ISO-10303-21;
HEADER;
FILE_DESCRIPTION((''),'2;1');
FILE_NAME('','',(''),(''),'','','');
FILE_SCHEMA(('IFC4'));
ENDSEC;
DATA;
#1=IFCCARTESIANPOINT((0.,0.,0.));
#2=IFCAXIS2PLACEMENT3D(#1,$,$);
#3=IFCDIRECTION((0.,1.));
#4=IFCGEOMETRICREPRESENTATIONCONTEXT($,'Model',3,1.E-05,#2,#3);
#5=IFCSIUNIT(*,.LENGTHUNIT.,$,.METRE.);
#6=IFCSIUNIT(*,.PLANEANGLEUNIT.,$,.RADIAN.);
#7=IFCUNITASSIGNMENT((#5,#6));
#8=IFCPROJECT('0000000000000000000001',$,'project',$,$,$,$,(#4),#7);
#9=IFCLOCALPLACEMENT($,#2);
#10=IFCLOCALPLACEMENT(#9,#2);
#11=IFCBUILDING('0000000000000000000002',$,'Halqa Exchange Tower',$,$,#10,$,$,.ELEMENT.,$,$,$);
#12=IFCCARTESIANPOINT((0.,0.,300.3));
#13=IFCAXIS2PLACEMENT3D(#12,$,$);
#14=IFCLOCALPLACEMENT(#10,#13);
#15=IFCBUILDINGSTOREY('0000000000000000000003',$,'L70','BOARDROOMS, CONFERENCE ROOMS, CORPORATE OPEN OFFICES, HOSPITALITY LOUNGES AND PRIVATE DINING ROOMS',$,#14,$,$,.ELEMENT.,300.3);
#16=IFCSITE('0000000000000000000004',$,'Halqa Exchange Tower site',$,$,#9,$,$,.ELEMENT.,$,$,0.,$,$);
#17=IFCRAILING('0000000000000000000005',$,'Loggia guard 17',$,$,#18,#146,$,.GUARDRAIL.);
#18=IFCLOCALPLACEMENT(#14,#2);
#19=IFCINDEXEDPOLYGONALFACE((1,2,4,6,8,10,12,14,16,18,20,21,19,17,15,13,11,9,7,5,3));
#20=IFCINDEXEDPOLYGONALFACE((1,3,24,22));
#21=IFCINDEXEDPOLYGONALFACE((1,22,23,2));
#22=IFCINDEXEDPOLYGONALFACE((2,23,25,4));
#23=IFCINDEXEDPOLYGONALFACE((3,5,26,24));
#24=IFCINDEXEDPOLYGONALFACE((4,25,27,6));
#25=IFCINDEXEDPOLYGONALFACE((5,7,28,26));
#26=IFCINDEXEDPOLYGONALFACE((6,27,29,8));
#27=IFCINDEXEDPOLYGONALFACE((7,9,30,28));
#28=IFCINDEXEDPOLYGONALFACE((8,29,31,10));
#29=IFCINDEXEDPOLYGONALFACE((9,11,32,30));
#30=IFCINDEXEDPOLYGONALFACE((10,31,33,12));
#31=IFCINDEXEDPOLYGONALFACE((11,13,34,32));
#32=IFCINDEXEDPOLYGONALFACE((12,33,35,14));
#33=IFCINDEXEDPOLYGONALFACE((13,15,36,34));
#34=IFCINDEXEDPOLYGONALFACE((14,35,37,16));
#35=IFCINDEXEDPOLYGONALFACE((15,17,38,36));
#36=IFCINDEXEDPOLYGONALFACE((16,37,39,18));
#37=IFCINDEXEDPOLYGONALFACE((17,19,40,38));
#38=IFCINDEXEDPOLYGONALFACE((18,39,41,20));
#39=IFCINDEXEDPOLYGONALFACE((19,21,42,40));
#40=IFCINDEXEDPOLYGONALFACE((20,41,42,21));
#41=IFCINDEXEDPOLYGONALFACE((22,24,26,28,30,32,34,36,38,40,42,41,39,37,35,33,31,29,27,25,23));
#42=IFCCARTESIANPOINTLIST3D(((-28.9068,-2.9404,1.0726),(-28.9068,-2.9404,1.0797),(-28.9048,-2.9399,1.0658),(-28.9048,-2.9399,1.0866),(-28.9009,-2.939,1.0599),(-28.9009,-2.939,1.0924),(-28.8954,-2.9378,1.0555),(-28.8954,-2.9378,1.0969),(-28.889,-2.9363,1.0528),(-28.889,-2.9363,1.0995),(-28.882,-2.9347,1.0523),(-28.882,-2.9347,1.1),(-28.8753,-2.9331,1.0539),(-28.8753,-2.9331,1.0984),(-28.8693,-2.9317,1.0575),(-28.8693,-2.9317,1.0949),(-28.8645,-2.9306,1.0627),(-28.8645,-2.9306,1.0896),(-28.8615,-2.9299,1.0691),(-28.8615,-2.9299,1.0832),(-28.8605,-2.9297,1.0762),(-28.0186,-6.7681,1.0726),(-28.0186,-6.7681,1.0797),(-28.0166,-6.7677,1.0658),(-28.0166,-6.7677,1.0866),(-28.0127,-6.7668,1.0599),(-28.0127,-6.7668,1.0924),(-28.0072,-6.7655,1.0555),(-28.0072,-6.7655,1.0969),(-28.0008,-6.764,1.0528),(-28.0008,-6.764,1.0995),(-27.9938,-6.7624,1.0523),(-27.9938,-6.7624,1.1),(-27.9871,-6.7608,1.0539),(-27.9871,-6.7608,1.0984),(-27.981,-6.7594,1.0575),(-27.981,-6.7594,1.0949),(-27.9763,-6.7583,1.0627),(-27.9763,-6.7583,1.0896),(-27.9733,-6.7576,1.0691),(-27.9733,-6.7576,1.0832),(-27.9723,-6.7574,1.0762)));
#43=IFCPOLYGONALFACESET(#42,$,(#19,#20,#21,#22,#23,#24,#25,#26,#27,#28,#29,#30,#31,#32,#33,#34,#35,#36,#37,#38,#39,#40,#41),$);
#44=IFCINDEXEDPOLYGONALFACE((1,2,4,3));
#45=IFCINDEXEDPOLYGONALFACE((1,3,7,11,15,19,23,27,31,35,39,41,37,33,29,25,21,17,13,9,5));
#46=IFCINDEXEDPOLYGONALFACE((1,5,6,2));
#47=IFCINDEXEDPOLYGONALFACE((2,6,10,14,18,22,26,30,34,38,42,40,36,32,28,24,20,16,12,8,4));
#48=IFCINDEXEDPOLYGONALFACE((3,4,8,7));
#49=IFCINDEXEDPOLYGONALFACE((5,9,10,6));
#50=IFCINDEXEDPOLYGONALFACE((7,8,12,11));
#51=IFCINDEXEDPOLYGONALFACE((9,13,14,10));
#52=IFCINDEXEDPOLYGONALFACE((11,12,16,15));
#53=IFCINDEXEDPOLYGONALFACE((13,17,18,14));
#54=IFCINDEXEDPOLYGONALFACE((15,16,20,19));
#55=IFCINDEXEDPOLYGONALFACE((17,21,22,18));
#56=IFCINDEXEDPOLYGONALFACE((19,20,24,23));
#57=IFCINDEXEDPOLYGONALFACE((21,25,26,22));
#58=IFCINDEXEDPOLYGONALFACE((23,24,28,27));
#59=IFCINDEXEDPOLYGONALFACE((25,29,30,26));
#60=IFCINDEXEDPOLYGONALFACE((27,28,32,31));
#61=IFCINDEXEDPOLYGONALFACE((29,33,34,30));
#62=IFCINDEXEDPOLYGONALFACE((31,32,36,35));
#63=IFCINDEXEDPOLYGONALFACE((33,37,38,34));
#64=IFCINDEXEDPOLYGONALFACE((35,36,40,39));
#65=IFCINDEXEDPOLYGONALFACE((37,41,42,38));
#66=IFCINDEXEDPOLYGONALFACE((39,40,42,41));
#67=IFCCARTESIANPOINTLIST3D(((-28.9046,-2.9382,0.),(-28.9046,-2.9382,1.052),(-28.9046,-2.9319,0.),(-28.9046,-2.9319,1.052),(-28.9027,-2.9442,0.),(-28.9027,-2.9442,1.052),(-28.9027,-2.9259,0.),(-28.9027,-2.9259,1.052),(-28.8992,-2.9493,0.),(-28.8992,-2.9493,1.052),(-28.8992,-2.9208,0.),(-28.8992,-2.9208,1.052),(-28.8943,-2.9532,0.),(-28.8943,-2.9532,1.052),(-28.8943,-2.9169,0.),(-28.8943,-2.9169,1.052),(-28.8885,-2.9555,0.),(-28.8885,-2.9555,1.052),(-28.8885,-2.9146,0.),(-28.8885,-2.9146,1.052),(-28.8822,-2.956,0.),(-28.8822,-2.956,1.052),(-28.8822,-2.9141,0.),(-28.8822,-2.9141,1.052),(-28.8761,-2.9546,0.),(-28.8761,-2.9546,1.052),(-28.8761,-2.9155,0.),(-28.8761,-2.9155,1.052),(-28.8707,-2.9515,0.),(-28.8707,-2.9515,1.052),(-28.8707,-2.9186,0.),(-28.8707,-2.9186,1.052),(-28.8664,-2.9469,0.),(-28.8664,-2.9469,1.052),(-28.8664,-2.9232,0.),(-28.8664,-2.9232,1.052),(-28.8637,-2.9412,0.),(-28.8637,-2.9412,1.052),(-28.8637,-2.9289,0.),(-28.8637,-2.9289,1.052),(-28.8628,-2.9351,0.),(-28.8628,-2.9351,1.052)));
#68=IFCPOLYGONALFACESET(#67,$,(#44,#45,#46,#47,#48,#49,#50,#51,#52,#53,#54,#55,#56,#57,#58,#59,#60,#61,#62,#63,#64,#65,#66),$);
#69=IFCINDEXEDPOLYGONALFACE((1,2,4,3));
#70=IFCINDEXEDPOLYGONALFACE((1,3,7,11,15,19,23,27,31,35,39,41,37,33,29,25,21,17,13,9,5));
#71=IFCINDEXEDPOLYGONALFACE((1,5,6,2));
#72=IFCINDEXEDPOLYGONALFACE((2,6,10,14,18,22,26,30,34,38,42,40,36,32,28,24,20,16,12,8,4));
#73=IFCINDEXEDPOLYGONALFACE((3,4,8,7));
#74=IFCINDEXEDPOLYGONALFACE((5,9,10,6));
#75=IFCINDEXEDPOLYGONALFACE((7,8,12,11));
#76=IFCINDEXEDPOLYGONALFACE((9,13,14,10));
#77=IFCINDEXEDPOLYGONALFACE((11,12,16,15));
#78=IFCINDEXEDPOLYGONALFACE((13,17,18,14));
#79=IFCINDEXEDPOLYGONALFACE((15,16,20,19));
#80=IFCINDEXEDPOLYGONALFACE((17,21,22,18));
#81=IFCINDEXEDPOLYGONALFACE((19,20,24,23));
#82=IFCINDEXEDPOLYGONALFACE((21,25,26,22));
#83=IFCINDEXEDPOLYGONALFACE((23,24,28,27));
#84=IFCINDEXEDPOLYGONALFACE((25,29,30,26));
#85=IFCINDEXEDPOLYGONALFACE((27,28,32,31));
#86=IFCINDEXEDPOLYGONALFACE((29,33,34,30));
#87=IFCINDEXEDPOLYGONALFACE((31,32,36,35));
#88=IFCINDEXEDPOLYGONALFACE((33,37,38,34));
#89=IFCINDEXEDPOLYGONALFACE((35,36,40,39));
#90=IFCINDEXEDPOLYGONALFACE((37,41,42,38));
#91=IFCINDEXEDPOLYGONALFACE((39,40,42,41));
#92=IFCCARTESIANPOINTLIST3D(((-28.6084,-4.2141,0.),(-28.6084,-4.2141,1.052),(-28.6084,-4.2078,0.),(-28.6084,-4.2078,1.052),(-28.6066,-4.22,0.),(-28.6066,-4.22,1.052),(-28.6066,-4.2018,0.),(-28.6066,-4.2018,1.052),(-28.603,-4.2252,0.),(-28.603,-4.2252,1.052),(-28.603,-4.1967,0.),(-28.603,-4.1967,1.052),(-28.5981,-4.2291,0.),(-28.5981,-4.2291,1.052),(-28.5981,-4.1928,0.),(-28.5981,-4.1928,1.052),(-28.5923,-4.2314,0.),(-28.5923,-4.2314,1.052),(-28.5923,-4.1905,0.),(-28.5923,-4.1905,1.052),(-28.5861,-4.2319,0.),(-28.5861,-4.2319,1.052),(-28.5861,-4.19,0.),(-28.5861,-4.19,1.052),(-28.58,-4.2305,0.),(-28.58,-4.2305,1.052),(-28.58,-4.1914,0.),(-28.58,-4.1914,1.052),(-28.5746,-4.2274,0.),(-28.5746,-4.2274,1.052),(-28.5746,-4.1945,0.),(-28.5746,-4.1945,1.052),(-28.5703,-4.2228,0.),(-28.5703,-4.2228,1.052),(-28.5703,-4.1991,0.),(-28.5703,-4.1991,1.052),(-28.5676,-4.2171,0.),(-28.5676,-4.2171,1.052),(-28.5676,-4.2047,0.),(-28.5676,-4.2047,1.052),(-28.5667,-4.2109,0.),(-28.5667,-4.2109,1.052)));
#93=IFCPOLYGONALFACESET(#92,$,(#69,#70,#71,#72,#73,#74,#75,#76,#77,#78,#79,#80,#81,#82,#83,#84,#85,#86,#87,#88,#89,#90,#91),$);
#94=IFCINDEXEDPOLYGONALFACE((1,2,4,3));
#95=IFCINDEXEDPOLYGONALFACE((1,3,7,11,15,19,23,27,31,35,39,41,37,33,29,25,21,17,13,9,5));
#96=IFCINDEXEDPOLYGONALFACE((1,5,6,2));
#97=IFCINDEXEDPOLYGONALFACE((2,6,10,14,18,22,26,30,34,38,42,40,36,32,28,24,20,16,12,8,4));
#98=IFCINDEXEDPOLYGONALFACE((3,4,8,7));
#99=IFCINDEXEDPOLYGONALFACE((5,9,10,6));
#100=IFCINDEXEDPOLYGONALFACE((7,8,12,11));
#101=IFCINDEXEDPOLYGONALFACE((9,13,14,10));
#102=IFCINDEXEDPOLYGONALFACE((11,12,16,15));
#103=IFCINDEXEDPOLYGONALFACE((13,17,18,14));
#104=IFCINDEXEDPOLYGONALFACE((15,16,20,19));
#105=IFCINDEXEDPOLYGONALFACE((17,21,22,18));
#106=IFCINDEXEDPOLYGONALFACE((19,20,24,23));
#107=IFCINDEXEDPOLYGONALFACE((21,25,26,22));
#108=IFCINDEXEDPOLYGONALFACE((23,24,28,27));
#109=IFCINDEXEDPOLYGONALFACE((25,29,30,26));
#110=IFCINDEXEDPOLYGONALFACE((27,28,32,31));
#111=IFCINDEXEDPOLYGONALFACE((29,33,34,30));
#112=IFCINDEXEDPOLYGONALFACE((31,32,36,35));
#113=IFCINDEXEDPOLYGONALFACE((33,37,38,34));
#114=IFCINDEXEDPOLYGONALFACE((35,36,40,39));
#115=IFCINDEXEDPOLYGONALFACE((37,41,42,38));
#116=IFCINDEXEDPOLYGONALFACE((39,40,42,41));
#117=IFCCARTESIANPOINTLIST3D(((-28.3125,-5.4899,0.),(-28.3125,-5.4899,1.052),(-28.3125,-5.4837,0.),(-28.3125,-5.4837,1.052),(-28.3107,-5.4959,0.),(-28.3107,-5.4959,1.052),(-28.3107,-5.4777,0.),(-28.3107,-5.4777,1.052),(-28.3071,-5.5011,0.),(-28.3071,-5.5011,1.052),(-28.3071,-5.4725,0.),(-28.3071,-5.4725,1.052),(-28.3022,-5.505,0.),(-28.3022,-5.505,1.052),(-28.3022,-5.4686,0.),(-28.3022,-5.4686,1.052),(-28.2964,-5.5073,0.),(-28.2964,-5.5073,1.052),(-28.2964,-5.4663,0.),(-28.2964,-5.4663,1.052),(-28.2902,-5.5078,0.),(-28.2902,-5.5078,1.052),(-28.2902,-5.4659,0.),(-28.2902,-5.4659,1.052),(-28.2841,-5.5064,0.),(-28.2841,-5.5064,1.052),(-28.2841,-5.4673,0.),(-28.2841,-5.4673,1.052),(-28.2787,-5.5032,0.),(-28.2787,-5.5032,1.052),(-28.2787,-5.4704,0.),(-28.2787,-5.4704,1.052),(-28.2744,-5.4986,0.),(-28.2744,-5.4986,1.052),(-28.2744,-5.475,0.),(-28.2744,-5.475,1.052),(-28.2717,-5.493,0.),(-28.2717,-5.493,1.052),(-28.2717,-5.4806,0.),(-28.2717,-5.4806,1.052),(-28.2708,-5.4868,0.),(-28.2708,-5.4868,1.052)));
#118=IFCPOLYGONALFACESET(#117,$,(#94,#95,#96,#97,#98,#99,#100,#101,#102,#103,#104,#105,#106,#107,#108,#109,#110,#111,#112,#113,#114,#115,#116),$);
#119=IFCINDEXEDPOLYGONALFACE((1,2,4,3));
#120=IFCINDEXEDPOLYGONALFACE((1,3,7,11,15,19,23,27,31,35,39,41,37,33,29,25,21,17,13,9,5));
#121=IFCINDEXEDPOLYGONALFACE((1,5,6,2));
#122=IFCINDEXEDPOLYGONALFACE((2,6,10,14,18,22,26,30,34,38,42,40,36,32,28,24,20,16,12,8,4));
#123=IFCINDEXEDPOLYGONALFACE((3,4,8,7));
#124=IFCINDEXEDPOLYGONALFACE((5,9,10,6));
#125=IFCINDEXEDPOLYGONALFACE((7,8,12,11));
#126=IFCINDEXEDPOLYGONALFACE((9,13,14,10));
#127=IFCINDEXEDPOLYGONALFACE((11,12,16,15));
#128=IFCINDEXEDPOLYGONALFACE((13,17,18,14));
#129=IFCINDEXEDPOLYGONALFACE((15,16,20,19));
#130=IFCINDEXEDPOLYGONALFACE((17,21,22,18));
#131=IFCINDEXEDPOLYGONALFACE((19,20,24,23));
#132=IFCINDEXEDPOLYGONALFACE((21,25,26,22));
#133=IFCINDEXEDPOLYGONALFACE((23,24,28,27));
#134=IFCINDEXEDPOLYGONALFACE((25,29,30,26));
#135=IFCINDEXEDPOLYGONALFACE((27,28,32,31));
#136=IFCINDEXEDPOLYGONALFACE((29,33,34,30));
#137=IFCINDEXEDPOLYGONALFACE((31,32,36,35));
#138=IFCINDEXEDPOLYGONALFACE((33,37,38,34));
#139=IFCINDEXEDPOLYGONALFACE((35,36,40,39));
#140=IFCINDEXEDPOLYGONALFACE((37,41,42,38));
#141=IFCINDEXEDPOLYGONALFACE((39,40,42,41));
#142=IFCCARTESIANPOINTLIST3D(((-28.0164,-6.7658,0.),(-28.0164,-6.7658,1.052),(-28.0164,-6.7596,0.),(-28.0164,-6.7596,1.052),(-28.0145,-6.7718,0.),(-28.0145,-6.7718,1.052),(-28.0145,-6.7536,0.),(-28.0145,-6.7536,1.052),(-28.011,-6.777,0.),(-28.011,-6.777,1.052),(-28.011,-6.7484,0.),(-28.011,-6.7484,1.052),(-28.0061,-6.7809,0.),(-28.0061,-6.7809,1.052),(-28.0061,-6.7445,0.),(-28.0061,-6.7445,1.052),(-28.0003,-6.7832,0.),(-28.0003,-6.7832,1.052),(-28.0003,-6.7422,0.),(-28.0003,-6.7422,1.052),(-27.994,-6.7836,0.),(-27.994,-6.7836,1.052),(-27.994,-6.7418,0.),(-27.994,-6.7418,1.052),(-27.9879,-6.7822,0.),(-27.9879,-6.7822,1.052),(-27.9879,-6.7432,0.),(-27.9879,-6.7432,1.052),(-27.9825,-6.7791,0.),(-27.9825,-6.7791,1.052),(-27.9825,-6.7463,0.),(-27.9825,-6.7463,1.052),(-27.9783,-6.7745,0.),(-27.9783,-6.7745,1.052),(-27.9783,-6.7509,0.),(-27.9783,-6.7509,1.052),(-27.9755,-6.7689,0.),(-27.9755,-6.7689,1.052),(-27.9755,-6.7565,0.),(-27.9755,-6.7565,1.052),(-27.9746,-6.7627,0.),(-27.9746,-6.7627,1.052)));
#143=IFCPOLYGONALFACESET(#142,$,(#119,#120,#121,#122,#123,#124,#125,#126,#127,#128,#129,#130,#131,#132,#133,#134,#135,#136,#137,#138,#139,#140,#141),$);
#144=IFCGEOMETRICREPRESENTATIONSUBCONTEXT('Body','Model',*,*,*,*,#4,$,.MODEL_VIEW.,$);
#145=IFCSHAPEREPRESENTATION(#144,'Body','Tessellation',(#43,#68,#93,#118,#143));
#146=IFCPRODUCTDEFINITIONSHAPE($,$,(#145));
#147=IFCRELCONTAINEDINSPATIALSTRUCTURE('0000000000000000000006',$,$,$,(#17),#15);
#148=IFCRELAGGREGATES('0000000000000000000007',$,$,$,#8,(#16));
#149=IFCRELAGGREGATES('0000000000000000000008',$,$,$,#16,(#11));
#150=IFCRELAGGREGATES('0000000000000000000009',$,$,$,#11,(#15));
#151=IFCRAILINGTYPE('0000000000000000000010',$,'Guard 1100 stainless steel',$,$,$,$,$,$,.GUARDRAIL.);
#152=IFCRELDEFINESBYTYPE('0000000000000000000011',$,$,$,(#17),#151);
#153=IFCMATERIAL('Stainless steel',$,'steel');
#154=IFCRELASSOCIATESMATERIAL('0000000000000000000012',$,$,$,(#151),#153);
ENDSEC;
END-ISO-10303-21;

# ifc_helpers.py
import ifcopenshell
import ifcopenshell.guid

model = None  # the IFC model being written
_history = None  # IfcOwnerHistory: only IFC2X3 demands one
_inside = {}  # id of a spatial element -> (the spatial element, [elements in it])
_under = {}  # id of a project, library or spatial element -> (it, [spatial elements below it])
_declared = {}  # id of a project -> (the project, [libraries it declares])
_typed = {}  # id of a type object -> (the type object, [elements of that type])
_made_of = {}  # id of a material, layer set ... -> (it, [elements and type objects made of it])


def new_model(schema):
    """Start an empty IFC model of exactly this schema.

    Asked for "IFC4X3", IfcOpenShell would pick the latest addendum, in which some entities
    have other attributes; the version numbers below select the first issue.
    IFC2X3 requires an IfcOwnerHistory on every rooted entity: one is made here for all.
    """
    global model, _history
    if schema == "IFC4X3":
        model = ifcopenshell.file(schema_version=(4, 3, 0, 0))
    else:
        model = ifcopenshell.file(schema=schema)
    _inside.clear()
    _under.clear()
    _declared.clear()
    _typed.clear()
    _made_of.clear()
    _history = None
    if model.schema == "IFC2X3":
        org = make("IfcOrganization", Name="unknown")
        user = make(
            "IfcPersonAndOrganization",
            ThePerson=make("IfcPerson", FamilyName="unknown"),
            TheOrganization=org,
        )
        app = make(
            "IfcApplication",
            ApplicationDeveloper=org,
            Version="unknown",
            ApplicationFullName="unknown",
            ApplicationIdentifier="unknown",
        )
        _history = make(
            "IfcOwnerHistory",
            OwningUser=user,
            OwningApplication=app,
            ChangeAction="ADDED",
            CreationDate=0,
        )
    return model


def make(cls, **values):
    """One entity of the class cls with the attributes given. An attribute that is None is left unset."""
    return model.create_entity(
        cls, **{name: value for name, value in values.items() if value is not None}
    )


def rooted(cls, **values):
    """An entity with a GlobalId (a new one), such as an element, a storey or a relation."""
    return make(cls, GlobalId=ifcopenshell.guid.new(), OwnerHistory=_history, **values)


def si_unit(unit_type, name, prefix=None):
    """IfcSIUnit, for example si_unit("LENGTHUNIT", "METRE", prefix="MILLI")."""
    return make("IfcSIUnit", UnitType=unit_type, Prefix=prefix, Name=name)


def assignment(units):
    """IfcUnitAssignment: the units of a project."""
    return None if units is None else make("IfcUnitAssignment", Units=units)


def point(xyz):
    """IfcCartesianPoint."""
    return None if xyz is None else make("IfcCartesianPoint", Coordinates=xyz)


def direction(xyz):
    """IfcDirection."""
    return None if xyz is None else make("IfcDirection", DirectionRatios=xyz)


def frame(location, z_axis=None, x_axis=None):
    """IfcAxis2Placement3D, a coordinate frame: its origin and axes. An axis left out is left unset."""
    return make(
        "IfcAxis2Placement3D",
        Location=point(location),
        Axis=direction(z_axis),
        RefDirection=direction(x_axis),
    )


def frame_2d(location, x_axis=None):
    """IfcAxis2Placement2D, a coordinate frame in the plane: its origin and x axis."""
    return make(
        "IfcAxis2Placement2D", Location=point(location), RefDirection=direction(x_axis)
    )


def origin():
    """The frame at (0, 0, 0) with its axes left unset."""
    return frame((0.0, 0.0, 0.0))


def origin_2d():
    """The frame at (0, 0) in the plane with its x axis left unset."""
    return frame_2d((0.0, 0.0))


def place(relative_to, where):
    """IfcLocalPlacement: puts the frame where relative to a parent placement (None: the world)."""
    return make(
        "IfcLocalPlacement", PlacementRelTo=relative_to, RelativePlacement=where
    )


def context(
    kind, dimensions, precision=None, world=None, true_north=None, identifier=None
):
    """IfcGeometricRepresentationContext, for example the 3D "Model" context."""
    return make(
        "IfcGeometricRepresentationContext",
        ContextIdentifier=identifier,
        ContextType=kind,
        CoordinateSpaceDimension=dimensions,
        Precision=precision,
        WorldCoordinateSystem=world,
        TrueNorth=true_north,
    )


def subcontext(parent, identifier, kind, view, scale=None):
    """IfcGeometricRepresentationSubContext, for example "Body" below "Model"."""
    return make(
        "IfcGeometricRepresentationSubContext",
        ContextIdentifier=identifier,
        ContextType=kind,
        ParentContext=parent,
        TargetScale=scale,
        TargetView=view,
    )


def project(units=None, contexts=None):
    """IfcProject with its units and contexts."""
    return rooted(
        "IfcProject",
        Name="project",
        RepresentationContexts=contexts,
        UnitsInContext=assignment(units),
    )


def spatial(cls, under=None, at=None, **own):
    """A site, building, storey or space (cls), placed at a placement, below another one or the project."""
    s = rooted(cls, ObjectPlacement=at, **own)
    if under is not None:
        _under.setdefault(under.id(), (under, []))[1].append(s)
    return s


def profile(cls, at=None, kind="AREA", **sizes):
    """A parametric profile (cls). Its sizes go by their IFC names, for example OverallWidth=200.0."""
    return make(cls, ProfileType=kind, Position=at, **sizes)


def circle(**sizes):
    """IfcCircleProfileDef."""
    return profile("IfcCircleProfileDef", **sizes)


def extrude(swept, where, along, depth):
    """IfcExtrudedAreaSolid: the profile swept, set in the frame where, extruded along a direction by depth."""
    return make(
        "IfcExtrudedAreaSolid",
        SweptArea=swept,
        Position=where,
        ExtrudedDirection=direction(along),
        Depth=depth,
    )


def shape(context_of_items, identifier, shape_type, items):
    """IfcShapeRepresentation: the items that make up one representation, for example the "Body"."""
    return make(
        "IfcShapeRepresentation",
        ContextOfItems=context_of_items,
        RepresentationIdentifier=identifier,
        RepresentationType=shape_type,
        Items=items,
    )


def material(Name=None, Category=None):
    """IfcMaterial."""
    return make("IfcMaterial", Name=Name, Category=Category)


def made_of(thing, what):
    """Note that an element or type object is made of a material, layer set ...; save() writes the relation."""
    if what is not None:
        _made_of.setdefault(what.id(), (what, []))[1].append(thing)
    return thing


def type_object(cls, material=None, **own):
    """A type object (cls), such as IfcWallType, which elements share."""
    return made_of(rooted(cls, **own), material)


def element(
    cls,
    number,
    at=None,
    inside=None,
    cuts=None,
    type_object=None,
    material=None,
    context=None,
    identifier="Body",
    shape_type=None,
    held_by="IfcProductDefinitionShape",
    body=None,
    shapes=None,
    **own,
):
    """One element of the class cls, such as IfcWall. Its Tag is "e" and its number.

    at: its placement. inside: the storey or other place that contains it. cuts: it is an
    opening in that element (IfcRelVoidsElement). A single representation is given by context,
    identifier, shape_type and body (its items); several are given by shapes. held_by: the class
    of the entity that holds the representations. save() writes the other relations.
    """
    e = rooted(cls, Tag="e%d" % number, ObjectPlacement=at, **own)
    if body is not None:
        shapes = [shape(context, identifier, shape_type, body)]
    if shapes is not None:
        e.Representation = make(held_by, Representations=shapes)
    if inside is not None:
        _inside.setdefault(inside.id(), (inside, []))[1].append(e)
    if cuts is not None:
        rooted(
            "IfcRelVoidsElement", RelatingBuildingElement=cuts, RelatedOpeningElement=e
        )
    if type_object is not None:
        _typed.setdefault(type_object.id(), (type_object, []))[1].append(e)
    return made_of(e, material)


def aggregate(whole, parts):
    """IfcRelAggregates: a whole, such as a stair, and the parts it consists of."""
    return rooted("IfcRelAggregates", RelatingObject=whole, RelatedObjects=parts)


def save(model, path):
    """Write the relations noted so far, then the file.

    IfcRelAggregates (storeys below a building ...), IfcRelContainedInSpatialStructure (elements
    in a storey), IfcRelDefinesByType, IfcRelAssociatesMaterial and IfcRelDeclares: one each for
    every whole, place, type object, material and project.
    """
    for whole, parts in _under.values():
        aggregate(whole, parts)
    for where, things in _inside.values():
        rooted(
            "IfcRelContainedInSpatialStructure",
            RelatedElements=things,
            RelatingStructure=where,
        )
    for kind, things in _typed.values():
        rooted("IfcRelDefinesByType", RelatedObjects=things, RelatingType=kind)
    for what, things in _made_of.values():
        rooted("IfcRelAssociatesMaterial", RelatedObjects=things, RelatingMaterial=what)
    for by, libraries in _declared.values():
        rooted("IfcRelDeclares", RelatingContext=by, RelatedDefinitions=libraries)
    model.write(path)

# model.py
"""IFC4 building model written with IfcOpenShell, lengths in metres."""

from ifc_helpers import new_model, si_unit, direction, frame, origin, origin_2d, place, context, subcontext, project, spatial, circle, extrude, material, type_object, element, save


model = new_model("IFC4")

# Units and contexts
model_context = context("Model", 3, precision=1e-05, world=origin(), true_north=direction((0.0, 1.0)))
body_context = subcontext(model_context, "Body", "Model", "MODEL_VIEW")
ifc_project = project(units=[si_unit("LENGTHUNIT", "METRE"), si_unit("PLANEANGLEUNIT", "RADIAN")], contexts=[model_context])

# Site, building, storey
site_placement = place(None, origin())
site = spatial("IfcSite", under=ifc_project, at=site_placement, Name="Halqa Exchange Tower site", CompositionType="ELEMENT", RefElevation=0.0)
building_placement = place(site_placement, origin())
building = spatial("IfcBuilding", under=site, at=building_placement, Name="Halqa Exchange Tower", CompositionType="ELEMENT")
storey_placement = place(building_placement, frame((0.0, 0.0, 300.3)))
storey = spatial("IfcBuildingStorey", under=building, at=storey_placement, Name="L70", Description="BOARDROOMS, CONFERENCE ROOMS, CORPORATE OPEN OFFICES, HOSPITALITY LOUNGES AND PRIVATE DINING ROOMS", CompositionType="ELEMENT", Elevation=300.3)

# Railing
ifc_material_1 = material(Name="Stainless steel", Category="steel")
railing_type = type_object("IfcRailingType", Name="Guard 1100 stainless steel", PredefinedType="GUARDRAIL", material=ifc_material_1)
railing_1_placement = place(storey_placement, frame((-28.8838, -2.9351, 0.0)))
element("IfcRailing", 1, at=railing_1_placement, inside=storey, type_object=railing_type, Name="Loggia guard 17", PredefinedType="GUARDRAIL", context=body_context, shape_type="SweptSolid", body=[
    extrude(circle(Radius=0.0239, at=origin_2d()), frame((0.0, 0.0, 1.0762), z_axis=(0.226039, -0.974118, 0.0), x_axis=(0.974118, 0.226039, 0.0)), (0.0, 0.0, 1.0), 3.9294),
    extrude(circle(Radius=0.021, at=origin_2d()), origin(), (0.0, 0.0, 1.0), 1.052),
    extrude(circle(Radius=0.021, at=origin_2d()), frame((0.2961, -1.2759, 0.0)), (0.0, 0.0, 1.0), 1.052),
    extrude(circle(Radius=0.021, at=origin_2d()), frame((0.592, -2.5518, 0.0)), (0.0, 0.0, 1.0), 1.052),
    extrude(circle(Radius=0.021, at=origin_2d()), frame((0.8882, -3.8276, 0.0)), (0.0, 0.0, 1.0), 1.052),
])

save(model, "model.ifc")
